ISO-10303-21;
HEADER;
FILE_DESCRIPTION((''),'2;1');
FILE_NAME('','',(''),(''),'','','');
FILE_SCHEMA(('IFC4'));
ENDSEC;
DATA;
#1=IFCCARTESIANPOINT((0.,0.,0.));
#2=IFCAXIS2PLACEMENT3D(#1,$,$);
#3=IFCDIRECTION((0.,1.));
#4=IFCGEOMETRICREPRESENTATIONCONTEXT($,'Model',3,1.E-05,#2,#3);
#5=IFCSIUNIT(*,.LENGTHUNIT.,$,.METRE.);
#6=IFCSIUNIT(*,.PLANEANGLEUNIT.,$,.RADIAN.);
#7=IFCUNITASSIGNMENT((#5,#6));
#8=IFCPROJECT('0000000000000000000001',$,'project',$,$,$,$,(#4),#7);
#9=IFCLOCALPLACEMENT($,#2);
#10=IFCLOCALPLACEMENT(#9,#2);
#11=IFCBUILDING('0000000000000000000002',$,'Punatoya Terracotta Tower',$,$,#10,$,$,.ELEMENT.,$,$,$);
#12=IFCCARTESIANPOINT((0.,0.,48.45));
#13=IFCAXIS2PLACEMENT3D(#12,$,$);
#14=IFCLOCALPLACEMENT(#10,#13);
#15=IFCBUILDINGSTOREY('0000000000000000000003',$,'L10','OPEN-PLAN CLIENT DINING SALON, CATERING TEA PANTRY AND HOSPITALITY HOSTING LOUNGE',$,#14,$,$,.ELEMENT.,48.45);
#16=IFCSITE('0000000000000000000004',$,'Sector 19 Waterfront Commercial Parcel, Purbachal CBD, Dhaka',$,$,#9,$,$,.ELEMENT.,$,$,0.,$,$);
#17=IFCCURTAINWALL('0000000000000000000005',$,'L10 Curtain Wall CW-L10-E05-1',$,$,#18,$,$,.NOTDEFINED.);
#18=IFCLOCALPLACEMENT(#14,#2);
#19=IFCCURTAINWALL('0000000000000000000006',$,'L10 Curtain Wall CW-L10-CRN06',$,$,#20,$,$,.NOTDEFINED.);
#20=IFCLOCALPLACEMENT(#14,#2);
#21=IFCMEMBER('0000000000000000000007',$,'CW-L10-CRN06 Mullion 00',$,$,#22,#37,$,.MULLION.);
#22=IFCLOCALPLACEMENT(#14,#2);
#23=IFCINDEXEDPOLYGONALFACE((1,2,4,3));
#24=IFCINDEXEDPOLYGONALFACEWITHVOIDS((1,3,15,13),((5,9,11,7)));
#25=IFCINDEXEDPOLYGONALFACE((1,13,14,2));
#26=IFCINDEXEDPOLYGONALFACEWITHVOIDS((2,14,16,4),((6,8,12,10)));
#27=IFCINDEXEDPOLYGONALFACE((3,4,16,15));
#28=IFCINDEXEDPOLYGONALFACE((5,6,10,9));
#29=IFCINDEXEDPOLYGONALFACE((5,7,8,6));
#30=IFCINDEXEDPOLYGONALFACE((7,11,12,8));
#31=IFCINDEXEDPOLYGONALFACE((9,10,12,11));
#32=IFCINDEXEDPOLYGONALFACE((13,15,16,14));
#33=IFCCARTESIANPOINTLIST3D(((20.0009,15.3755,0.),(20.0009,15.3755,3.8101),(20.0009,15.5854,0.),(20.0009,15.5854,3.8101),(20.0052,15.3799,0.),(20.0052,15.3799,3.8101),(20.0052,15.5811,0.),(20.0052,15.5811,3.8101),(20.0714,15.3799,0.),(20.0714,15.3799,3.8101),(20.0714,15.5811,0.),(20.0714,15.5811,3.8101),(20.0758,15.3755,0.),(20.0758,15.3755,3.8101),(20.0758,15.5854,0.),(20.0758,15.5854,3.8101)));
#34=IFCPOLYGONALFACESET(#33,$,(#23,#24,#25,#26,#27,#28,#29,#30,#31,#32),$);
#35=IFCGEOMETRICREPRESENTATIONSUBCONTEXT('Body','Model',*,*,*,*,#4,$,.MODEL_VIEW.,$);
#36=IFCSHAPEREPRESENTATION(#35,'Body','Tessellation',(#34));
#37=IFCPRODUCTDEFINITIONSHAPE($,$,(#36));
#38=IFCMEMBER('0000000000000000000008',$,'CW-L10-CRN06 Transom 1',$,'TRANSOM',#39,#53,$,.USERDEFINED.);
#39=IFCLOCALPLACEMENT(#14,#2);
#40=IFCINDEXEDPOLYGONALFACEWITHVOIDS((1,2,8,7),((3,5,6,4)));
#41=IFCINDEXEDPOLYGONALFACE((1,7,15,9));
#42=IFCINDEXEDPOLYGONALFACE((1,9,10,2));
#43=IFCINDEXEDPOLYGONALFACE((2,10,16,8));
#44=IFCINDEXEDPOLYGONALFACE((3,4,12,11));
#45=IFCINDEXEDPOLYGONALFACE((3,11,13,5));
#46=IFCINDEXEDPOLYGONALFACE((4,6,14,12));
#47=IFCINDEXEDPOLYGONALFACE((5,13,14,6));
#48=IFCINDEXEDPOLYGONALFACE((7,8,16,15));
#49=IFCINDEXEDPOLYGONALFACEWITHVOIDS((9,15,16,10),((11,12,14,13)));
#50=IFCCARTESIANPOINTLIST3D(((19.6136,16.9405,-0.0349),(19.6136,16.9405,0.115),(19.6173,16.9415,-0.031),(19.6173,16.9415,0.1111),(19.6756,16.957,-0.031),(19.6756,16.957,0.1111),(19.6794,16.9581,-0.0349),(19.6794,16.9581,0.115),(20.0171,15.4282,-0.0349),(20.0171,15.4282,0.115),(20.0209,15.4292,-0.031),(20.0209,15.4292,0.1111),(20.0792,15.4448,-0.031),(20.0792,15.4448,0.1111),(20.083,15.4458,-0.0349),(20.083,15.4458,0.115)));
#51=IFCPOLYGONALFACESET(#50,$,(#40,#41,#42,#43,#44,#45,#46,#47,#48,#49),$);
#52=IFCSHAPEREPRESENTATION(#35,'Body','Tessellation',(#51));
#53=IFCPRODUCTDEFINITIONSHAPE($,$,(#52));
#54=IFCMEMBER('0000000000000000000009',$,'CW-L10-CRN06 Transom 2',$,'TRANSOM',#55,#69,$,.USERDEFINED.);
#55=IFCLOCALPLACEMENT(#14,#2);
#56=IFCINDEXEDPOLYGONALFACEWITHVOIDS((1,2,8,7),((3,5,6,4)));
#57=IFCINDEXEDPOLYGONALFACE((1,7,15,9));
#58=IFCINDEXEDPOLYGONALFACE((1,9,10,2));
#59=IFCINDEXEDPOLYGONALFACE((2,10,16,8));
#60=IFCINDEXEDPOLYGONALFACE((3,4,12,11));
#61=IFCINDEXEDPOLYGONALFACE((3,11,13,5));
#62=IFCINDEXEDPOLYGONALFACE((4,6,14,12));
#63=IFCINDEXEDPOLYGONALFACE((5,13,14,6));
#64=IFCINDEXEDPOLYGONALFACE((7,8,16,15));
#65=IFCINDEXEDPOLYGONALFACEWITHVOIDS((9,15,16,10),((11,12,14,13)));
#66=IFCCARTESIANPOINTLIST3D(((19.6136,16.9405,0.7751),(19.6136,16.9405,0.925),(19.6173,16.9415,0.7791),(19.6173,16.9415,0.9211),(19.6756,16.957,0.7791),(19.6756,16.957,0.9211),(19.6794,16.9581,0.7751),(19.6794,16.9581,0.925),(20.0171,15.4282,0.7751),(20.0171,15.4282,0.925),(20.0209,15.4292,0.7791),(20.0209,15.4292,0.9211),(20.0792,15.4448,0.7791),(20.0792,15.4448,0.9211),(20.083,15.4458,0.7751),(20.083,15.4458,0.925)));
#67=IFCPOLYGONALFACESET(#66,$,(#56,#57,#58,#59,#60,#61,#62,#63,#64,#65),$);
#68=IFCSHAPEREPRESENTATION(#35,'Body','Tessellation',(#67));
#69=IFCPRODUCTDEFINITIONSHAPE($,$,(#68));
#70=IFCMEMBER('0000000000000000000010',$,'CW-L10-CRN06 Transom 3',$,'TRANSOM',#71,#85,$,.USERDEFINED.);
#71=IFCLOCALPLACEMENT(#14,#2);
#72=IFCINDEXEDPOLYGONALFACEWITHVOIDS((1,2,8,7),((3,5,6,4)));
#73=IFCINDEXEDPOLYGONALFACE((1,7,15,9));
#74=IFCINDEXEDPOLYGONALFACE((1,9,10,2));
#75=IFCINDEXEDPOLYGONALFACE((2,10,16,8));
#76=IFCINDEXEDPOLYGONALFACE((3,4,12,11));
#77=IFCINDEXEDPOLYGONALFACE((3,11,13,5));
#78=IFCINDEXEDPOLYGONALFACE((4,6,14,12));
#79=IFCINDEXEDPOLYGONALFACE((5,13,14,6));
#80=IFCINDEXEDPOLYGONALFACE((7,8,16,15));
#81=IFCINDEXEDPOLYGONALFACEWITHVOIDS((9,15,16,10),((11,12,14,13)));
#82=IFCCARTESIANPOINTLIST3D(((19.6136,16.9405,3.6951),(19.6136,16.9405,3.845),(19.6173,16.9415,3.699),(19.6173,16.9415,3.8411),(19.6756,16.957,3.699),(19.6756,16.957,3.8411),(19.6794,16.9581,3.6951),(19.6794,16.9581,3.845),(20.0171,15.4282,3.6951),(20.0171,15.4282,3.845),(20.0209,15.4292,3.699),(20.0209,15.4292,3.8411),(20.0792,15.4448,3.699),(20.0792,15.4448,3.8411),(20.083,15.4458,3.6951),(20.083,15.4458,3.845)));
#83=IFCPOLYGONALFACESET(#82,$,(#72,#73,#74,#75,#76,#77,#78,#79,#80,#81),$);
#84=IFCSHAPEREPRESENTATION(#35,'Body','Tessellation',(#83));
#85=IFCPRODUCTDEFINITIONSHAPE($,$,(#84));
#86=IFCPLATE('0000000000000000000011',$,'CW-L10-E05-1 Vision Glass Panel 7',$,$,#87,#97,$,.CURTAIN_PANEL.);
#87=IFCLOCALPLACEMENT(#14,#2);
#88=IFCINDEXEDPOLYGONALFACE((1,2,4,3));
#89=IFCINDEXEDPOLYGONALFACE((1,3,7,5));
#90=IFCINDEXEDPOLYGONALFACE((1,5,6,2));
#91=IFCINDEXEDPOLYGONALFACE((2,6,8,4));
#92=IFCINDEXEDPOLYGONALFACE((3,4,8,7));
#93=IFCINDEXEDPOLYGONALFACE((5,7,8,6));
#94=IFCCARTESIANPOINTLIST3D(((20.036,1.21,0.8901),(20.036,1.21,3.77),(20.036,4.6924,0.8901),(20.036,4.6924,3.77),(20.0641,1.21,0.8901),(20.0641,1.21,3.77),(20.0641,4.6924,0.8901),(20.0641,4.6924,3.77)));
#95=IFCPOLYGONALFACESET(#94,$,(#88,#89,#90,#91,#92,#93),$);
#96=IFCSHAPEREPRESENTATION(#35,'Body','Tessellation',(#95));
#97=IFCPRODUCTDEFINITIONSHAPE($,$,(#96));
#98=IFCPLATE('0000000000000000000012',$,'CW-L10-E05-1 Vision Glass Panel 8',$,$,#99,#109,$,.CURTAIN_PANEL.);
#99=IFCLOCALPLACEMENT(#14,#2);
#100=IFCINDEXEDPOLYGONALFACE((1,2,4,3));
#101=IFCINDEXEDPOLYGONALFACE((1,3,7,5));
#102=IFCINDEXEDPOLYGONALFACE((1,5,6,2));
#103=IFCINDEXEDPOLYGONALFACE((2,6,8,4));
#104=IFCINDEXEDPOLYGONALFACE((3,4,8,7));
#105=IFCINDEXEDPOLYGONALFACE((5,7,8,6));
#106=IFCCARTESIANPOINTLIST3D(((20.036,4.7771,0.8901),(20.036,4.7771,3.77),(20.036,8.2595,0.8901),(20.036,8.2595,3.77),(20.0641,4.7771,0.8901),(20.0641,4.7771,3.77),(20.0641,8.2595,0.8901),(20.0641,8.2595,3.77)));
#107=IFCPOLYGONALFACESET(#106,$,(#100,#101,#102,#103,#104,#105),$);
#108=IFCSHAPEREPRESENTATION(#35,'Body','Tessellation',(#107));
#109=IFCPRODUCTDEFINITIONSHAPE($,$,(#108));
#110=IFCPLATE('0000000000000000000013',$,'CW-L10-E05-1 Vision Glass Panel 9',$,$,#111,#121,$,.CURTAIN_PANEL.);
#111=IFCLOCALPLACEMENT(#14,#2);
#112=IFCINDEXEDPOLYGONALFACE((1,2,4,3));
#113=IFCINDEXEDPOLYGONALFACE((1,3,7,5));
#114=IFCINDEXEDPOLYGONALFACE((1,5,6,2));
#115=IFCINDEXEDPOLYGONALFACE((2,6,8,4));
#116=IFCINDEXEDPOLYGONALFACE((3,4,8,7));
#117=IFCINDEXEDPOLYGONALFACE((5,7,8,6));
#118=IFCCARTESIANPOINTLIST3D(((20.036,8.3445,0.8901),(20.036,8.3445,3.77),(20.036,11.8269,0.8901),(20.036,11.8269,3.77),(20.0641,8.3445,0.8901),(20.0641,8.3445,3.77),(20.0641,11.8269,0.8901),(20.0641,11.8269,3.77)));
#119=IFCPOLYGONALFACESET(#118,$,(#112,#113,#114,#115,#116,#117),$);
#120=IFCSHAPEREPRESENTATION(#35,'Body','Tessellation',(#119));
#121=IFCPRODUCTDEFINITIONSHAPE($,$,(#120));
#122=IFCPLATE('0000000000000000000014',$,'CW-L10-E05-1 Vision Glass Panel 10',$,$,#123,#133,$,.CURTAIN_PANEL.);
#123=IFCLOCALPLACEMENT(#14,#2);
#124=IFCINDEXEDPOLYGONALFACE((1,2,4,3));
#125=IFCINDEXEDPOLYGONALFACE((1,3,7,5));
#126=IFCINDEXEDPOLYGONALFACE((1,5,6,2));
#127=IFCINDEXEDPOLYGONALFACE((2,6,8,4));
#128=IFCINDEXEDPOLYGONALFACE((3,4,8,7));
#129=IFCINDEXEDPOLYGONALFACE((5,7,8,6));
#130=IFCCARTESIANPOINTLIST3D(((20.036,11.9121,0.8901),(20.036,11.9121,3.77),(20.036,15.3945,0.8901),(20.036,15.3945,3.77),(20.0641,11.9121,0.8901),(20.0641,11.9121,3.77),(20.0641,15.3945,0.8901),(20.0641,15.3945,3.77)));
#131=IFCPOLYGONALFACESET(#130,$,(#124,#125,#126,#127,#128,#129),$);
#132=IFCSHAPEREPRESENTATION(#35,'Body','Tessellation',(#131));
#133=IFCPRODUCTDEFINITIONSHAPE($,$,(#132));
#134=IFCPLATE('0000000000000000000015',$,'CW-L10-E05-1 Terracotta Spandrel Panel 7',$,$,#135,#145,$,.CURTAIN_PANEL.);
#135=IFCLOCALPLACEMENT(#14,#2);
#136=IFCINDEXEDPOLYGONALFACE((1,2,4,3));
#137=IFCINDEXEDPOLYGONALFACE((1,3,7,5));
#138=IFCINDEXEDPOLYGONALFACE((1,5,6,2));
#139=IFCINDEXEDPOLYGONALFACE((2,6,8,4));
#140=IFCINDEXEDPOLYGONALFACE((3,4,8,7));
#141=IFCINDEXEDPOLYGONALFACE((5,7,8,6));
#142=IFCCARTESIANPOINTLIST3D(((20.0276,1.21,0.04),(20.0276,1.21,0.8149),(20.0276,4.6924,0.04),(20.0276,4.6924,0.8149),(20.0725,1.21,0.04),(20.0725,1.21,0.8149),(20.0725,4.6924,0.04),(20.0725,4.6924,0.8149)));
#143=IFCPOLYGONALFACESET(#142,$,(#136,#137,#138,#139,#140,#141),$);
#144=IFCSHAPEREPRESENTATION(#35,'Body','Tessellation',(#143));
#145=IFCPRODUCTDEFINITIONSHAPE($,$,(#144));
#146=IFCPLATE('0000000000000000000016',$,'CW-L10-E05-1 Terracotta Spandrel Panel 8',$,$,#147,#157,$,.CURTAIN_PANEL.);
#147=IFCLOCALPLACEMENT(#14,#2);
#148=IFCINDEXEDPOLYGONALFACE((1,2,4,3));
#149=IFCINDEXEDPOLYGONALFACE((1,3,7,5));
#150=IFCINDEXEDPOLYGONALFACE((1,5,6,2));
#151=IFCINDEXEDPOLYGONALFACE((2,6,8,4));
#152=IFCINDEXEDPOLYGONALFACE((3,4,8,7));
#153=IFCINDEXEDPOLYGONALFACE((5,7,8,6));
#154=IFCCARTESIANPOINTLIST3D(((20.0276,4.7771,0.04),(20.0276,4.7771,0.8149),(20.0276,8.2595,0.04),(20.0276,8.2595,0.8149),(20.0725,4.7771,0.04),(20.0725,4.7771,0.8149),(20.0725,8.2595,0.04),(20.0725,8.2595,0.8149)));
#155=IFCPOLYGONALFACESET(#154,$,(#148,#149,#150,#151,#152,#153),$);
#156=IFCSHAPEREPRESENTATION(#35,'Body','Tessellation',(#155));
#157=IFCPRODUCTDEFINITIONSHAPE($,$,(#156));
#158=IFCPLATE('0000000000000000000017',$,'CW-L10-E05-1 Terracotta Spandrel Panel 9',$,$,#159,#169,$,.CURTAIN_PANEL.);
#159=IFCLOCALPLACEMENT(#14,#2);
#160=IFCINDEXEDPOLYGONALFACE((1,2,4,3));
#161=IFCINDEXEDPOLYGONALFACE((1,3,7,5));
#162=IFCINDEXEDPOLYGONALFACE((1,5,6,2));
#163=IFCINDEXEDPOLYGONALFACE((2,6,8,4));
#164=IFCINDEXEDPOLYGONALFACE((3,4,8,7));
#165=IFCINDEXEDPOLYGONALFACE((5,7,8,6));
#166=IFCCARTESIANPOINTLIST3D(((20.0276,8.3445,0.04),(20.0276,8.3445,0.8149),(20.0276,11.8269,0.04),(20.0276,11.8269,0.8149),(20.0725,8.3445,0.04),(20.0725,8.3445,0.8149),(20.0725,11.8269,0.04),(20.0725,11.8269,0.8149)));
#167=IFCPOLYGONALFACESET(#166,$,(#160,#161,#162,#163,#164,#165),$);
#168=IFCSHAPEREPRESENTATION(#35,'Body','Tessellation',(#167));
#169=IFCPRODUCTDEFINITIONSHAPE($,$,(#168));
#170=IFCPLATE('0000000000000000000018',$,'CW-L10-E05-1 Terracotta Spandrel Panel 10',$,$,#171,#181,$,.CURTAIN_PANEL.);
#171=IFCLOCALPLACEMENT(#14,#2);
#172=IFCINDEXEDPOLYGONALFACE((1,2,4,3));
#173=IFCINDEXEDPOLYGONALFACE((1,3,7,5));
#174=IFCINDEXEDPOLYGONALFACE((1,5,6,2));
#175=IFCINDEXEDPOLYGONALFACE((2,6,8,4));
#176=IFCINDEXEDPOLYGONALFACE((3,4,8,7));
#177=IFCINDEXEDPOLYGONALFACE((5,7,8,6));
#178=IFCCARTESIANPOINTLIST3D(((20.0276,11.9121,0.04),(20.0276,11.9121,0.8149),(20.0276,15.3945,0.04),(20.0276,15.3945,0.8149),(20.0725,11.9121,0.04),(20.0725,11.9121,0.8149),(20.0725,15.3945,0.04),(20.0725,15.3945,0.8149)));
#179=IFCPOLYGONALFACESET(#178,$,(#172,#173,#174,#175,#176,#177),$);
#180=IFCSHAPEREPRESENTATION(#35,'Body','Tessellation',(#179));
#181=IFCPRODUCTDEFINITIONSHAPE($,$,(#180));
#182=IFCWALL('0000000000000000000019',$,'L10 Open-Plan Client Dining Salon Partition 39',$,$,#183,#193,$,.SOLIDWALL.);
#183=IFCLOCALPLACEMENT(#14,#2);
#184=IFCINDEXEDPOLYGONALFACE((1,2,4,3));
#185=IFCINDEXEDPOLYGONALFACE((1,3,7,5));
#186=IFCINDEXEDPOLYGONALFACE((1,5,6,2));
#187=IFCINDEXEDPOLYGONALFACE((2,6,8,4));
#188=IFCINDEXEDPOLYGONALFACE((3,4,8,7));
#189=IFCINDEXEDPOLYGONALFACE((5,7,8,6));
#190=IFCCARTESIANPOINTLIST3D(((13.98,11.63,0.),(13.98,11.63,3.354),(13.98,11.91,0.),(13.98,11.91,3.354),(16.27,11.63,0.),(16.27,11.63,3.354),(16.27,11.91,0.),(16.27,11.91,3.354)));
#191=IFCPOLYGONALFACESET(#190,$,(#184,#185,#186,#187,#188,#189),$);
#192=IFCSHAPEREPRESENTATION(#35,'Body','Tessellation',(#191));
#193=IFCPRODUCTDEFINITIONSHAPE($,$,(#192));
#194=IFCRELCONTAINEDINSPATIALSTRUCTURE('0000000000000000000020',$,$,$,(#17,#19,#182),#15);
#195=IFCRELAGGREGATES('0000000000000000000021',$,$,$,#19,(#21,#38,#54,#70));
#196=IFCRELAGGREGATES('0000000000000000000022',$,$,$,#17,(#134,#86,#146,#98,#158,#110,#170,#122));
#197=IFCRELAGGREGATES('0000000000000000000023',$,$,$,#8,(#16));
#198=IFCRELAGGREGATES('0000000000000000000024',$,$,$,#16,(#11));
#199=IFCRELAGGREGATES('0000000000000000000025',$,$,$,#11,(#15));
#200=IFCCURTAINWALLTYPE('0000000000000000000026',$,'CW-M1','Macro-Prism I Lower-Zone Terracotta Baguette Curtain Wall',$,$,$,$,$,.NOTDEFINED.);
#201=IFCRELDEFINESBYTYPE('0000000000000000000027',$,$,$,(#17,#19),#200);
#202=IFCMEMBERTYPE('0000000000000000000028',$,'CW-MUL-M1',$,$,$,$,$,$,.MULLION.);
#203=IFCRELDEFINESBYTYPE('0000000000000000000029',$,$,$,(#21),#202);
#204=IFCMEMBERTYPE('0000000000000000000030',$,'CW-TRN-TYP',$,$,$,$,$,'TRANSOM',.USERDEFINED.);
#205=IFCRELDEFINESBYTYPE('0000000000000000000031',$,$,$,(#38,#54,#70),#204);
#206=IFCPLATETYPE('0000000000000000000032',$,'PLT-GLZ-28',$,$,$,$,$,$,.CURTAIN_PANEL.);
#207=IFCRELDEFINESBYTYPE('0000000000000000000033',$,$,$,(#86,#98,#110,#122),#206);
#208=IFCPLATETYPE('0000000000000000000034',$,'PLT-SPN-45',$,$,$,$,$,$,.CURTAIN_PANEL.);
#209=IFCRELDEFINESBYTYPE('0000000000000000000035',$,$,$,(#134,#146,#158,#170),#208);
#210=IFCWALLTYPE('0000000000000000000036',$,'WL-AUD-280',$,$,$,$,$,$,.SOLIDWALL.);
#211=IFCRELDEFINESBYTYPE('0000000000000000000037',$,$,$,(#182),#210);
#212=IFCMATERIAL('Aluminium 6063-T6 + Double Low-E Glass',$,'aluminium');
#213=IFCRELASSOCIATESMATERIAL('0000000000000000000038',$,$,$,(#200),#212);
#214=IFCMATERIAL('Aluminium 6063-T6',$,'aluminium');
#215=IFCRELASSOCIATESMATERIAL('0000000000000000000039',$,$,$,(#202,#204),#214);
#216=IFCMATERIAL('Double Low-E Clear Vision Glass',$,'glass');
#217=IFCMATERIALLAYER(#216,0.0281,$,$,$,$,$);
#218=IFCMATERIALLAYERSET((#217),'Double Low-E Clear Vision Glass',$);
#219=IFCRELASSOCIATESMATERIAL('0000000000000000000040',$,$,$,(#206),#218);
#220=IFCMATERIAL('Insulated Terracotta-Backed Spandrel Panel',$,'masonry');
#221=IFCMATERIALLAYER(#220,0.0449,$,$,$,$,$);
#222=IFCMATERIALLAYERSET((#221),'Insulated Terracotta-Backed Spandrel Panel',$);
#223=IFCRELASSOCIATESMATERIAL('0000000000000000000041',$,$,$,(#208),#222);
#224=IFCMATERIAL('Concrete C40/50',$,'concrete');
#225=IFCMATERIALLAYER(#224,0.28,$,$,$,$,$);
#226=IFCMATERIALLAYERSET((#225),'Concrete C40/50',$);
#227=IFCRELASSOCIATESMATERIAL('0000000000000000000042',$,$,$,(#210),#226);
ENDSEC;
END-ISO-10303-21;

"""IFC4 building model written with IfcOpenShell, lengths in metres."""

from ifc_helpers import new_model, si_unit, direction, frame, frame_2d, origin, origin_2d, place, context, subcontext, project, spatial, rectangle, hollow_rectangle, extrude, material, layer, layer_set, material_profile, profile_set, type_object, element, aggregate, save


model = new_model("IFC4")

# Units and contexts
model_context = context("Model", 3, precision=1e-05, world=origin(), true_north=direction((0.0, 1.0)))
body_context = subcontext(model_context, "Body", "Model", "MODEL_VIEW")
ifc_project = project(units=[si_unit("LENGTHUNIT", "METRE"), si_unit("PLANEANGLEUNIT", "RADIAN")], contexts=[model_context])

# Site, building, storey
site_placement = place(None, origin())
site = spatial("IfcSite", under=ifc_project, at=site_placement, Name="Sector 19 Waterfront Commercial Parcel, Purbachal CBD, Dhaka", CompositionType="ELEMENT", RefElevation=0.0)
building_placement = place(site_placement, origin())
building = spatial("IfcBuilding", under=site, at=building_placement, Name="Punatoya Terracotta Tower", CompositionType="ELEMENT")
storey_placement = place(building_placement, frame((0.0, 0.0, 48.45)))
storey = spatial("IfcBuildingStorey", under=building, at=storey_placement, Name="L10", Description="OPEN-PLAN CLIENT DINING SALON, CATERING TEA PANTRY AND HOSPITALITY HOSTING LOUNGE", CompositionType="ELEMENT", Elevation=48.45)

# Curtain walls, members
ifc_material_1 = material(Name="Aluminium 6063-T6 + Double Low-E Glass", Category="aluminium")
curtain_wall_type = type_object("IfcCurtainWallType", Name="CW-M1", Description="Macro-Prism I Lower-Zone Terracotta Baguette Curtain Wall", PredefinedType="NOTDEFINED", material=ifc_material_1)
curtain_wall_1_placement = place(storey_placement, origin())
curtain_wall_1 = element("IfcCurtainWall", 1, at=curtain_wall_1_placement, inside=storey, type_object=curtain_wall_type, Name="L10 Curtain Wall CW-L10-E05-1", PredefinedType="NOTDEFINED")
ifc_material_2 = material(Name="Aluminium 6063-T6", Category="aluminium")
ifc_material_profile_1 = material_profile(ifc_material_2, hollow_rectangle(XDim=0.075, YDim=0.21, WallThickness=0.0044, at=origin_2d()))
ifc_profile_set_1 = profile_set([ifc_material_profile_1], Name="Aluminium 6063-T6")
member_type_1 = type_object("IfcMemberType", Name="CW-MUL-M1", PredefinedType="MULLION", material=ifc_profile_set_1)
curtain_wall_2_placement = place(storey_placement, origin())
curtain_wall_2 = element("IfcCurtainWall", 2, at=curtain_wall_2_placement, inside=storey, type_object=curtain_wall_type, Name="L10 Curtain Wall CW-L10-CRN06", PredefinedType="NOTDEFINED")
member_1_placement = place(storey_placement, frame((20.0383, 15.4805, 0.0), z_axis=(0.0, 0.0, 1.0), x_axis=(1.0, 0.0, 0.0)))
member_1 = element("IfcMember", 3, at=member_1_placement, type_object=member_type_1, Name="CW-L10-CRN06 Mullion 00", PredefinedType="MULLION", context=body_context, shape_type="SweptSolid", body=[
    extrude(hollow_rectangle(XDim=0.075, YDim=0.21, WallThickness=0.0044, at=origin_2d()), origin(), (0.0, 0.0, 1.0), 3.8101),
])
ifc_material_profile_2 = material_profile(ifc_material_2, hollow_rectangle(XDim=0.0681, YDim=0.1499, WallThickness=0.0039, at=origin_2d()))
ifc_profile_set_2 = profile_set([ifc_material_profile_2], Name="Aluminium 6063-T6")
member_type_2 = type_object("IfcMemberType", Name="CW-TRN-TYP", ElementType="TRANSOM", PredefinedType="USERDEFINED", material=ifc_profile_set_2)
member_2_placement = place(storey_placement, frame((20.05, 15.437, 0.04), z_axis=(-0.257847, 0.966186, 0.0), x_axis=(-0.966186, -0.257847, 0.0)))
member_2 = element("IfcMember", 4, at=member_2_placement, type_object=member_type_2, Name="CW-L10-CRN06 Transom 1", ObjectType="TRANSOM", PredefinedType="USERDEFINED", context=body_context, shape_type="SweptSolid", body=[
    extrude(hollow_rectangle(XDim=0.0681, YDim=0.1499, WallThickness=0.0039, at=origin_2d()), origin(), (0.0, 0.0, 1.0), 1.5652),
])
member_3_placement = place(storey_placement, frame((20.05, 15.437, 0.8501), z_axis=(-0.257847, 0.966186, 0.0), x_axis=(-0.966186, -0.257847, 0.0)))
member_3 = element("IfcMember", 5, at=member_3_placement, type_object=member_type_2, Name="CW-L10-CRN06 Transom 2", ObjectType="TRANSOM", PredefinedType="USERDEFINED", context=body_context, shape_type="SweptSolid", body=[
    extrude(hollow_rectangle(XDim=0.0681, YDim=0.1499, WallThickness=0.0039, at=origin_2d()), origin(), (0.0, 0.0, 1.0), 1.5652),
])
member_4_placement = place(storey_placement, frame((20.05, 15.437, 3.77), z_axis=(-0.257847, 0.966186, 0.0), x_axis=(-0.966186, -0.257847, 0.0)))
member_4 = element("IfcMember", 6, at=member_4_placement, type_object=member_type_2, Name="CW-L10-CRN06 Transom 3", ObjectType="TRANSOM", PredefinedType="USERDEFINED", context=body_context, shape_type="SweptSolid", body=[
    extrude(hollow_rectangle(XDim=0.0681, YDim=0.1499, WallThickness=0.0039, at=origin_2d()), origin(), (0.0, 0.0, 1.0), 1.5652),
])
aggregate(curtain_wall_2, [member_1, member_2, member_3, member_4])

# Plates
ifc_material_3 = material(Name="Double Low-E Clear Vision Glass", Category="glass")
ifc_layer_1 = layer(ifc_material_3, 0.0281)
ifc_layer_set_1 = layer_set([ifc_layer_1], Name="Double Low-E Clear Vision Glass")
plate_type_1 = type_object("IfcPlateType", Name="PLT-GLZ-28", PredefinedType="CURTAIN_PANEL", material=ifc_layer_set_1)
plate_1_placement = place(storey_placement, frame((20.05, 2.9512, 0.8901), z_axis=(0.0, 0.0, 1.0), x_axis=(0.0, 1.0, 0.0)))
plate_1 = element("IfcPlate", 7, at=plate_1_placement, type_object=plate_type_1, Name="CW-L10-E05-1 Vision Glass Panel 7", PredefinedType="CURTAIN_PANEL", context=body_context, shape_type="SweptSolid", body=[
    extrude(rectangle(XDim=3.4824, YDim=0.0281, at=origin_2d()), origin(), (0.0, 0.0, 1.0), 2.8799),
])
plate_2_placement = place(storey_placement, frame((20.05, 6.5183, 0.8901), z_axis=(0.0, 0.0, 1.0), x_axis=(0.0, 1.0, 0.0)))
plate_2 = element("IfcPlate", 8, at=plate_2_placement, type_object=plate_type_1, Name="CW-L10-E05-1 Vision Glass Panel 8", PredefinedType="CURTAIN_PANEL", context=body_context, shape_type="SweptSolid", body=[
    extrude(rectangle(XDim=3.4824, YDim=0.0281, at=origin_2d()), origin(), (0.0, 0.0, 1.0), 2.8799),
])
plate_3_placement = place(storey_placement, frame((20.05, 10.0857, 0.8901), z_axis=(0.0, 0.0, 1.0), x_axis=(0.0, 1.0, 0.0)))
plate_3 = element("IfcPlate", 9, at=plate_3_placement, type_object=plate_type_1, Name="CW-L10-E05-1 Vision Glass Panel 9", PredefinedType="CURTAIN_PANEL", context=body_context, shape_type="SweptSolid", body=[
    extrude(rectangle(XDim=3.4824, YDim=0.0281, at=origin_2d()), origin(), (0.0, 0.0, 1.0), 2.8799),
])
plate_4_placement = place(storey_placement, frame((20.05, 13.6533, 0.8901), z_axis=(0.0, 0.0, 1.0), x_axis=(0.0, 1.0, 0.0)))
plate_4 = element("IfcPlate", 10, at=plate_4_placement, type_object=plate_type_1, Name="CW-L10-E05-1 Vision Glass Panel 10", PredefinedType="CURTAIN_PANEL", context=body_context, shape_type="SweptSolid", body=[
    extrude(rectangle(XDim=3.4824, YDim=0.0281, at=origin_2d()), origin(), (0.0, 0.0, 1.0), 2.8799),
])
ifc_material_4 = material(Name="Insulated Terracotta-Backed Spandrel Panel", Category="masonry")
ifc_layer_2 = layer(ifc_material_4, 0.0449)
ifc_layer_set_2 = layer_set([ifc_layer_2], Name="Insulated Terracotta-Backed Spandrel Panel")
plate_type_2 = type_object("IfcPlateType", Name="PLT-SPN-45", PredefinedType="CURTAIN_PANEL", material=ifc_layer_set_2)
plate_5_placement = place(storey_placement, frame((20.05, 2.9512, 0.04), z_axis=(0.0, 0.0, 1.0), x_axis=(0.0, 1.0, 0.0)))
plate_5 = element("IfcPlate", 11, at=plate_5_placement, type_object=plate_type_2, Name="CW-L10-E05-1 Terracotta Spandrel Panel 7", PredefinedType="CURTAIN_PANEL", context=body_context, shape_type="SweptSolid", body=[
    extrude(rectangle(XDim=3.4824, YDim=0.0449, at=origin_2d()), origin(), (0.0, 0.0, 1.0), 0.7749),
])
plate_6_placement = place(storey_placement, frame((20.05, 6.5183, 0.04), z_axis=(0.0, 0.0, 1.0), x_axis=(0.0, 1.0, 0.0)))
plate_6 = element("IfcPlate", 12, at=plate_6_placement, type_object=plate_type_2, Name="CW-L10-E05-1 Terracotta Spandrel Panel 8", PredefinedType="CURTAIN_PANEL", context=body_context, shape_type="SweptSolid", body=[
    extrude(rectangle(XDim=3.4824, YDim=0.0449, at=origin_2d()), origin(), (0.0, 0.0, 1.0), 0.7749),
])
plate_7_placement = place(storey_placement, frame((20.05, 10.0857, 0.04), z_axis=(0.0, 0.0, 1.0), x_axis=(0.0, 1.0, 0.0)))
plate_7 = element("IfcPlate", 13, at=plate_7_placement, type_object=plate_type_2, Name="CW-L10-E05-1 Terracotta Spandrel Panel 9", PredefinedType="CURTAIN_PANEL", context=body_context, shape_type="SweptSolid", body=[
    extrude(rectangle(XDim=3.4824, YDim=0.0449, at=origin_2d()), origin(), (0.0, 0.0, 1.0), 0.7749),
])
plate_8_placement = place(storey_placement, frame((20.05, 13.6533, 0.04), z_axis=(0.0, 0.0, 1.0), x_axis=(0.0, 1.0, 0.0)))
plate_8 = element("IfcPlate", 14, at=plate_8_placement, type_object=plate_type_2, Name="CW-L10-E05-1 Terracotta Spandrel Panel 10", PredefinedType="CURTAIN_PANEL", context=body_context, shape_type="SweptSolid", body=[
    extrude(rectangle(XDim=3.4824, YDim=0.0449, at=origin_2d()), origin(), (0.0, 0.0, 1.0), 0.7749),
])
aggregate(curtain_wall_1, [plate_5, plate_1, plate_6, plate_2, plate_7, plate_3, plate_8, plate_4])

# Wall
ifc_material_5 = material(Name="Concrete C40/50", Category="concrete")
ifc_layer_3 = layer(ifc_material_5, 0.28)
ifc_layer_set_3 = layer_set([ifc_layer_3], Name="Concrete C40/50")
wall_type_1 = type_object("IfcWallType", Name="WL-AUD-280", PredefinedType="SOLIDWALL", material=ifc_layer_set_3)
wall_1_placement = place(storey_placement, frame((16.27, 11.77, 0.0), z_axis=(0.0, 0.0, 1.0), x_axis=(-1.0, 0.0, 0.0)))
element("IfcWall", 15, at=wall_1_placement, inside=storey, type_object=wall_type_1, Name="L10 Open-Plan Client Dining Salon Partition 39", PredefinedType="SOLIDWALL", context=body_context, shape_type="SweptSolid", body=[
    extrude(rectangle(XDim=2.29, YDim=0.28, at=frame_2d((1.145, 0.0))), origin(), (0.0, 0.0, 1.0), 3.354),
])

save(model, "model.ifc")
